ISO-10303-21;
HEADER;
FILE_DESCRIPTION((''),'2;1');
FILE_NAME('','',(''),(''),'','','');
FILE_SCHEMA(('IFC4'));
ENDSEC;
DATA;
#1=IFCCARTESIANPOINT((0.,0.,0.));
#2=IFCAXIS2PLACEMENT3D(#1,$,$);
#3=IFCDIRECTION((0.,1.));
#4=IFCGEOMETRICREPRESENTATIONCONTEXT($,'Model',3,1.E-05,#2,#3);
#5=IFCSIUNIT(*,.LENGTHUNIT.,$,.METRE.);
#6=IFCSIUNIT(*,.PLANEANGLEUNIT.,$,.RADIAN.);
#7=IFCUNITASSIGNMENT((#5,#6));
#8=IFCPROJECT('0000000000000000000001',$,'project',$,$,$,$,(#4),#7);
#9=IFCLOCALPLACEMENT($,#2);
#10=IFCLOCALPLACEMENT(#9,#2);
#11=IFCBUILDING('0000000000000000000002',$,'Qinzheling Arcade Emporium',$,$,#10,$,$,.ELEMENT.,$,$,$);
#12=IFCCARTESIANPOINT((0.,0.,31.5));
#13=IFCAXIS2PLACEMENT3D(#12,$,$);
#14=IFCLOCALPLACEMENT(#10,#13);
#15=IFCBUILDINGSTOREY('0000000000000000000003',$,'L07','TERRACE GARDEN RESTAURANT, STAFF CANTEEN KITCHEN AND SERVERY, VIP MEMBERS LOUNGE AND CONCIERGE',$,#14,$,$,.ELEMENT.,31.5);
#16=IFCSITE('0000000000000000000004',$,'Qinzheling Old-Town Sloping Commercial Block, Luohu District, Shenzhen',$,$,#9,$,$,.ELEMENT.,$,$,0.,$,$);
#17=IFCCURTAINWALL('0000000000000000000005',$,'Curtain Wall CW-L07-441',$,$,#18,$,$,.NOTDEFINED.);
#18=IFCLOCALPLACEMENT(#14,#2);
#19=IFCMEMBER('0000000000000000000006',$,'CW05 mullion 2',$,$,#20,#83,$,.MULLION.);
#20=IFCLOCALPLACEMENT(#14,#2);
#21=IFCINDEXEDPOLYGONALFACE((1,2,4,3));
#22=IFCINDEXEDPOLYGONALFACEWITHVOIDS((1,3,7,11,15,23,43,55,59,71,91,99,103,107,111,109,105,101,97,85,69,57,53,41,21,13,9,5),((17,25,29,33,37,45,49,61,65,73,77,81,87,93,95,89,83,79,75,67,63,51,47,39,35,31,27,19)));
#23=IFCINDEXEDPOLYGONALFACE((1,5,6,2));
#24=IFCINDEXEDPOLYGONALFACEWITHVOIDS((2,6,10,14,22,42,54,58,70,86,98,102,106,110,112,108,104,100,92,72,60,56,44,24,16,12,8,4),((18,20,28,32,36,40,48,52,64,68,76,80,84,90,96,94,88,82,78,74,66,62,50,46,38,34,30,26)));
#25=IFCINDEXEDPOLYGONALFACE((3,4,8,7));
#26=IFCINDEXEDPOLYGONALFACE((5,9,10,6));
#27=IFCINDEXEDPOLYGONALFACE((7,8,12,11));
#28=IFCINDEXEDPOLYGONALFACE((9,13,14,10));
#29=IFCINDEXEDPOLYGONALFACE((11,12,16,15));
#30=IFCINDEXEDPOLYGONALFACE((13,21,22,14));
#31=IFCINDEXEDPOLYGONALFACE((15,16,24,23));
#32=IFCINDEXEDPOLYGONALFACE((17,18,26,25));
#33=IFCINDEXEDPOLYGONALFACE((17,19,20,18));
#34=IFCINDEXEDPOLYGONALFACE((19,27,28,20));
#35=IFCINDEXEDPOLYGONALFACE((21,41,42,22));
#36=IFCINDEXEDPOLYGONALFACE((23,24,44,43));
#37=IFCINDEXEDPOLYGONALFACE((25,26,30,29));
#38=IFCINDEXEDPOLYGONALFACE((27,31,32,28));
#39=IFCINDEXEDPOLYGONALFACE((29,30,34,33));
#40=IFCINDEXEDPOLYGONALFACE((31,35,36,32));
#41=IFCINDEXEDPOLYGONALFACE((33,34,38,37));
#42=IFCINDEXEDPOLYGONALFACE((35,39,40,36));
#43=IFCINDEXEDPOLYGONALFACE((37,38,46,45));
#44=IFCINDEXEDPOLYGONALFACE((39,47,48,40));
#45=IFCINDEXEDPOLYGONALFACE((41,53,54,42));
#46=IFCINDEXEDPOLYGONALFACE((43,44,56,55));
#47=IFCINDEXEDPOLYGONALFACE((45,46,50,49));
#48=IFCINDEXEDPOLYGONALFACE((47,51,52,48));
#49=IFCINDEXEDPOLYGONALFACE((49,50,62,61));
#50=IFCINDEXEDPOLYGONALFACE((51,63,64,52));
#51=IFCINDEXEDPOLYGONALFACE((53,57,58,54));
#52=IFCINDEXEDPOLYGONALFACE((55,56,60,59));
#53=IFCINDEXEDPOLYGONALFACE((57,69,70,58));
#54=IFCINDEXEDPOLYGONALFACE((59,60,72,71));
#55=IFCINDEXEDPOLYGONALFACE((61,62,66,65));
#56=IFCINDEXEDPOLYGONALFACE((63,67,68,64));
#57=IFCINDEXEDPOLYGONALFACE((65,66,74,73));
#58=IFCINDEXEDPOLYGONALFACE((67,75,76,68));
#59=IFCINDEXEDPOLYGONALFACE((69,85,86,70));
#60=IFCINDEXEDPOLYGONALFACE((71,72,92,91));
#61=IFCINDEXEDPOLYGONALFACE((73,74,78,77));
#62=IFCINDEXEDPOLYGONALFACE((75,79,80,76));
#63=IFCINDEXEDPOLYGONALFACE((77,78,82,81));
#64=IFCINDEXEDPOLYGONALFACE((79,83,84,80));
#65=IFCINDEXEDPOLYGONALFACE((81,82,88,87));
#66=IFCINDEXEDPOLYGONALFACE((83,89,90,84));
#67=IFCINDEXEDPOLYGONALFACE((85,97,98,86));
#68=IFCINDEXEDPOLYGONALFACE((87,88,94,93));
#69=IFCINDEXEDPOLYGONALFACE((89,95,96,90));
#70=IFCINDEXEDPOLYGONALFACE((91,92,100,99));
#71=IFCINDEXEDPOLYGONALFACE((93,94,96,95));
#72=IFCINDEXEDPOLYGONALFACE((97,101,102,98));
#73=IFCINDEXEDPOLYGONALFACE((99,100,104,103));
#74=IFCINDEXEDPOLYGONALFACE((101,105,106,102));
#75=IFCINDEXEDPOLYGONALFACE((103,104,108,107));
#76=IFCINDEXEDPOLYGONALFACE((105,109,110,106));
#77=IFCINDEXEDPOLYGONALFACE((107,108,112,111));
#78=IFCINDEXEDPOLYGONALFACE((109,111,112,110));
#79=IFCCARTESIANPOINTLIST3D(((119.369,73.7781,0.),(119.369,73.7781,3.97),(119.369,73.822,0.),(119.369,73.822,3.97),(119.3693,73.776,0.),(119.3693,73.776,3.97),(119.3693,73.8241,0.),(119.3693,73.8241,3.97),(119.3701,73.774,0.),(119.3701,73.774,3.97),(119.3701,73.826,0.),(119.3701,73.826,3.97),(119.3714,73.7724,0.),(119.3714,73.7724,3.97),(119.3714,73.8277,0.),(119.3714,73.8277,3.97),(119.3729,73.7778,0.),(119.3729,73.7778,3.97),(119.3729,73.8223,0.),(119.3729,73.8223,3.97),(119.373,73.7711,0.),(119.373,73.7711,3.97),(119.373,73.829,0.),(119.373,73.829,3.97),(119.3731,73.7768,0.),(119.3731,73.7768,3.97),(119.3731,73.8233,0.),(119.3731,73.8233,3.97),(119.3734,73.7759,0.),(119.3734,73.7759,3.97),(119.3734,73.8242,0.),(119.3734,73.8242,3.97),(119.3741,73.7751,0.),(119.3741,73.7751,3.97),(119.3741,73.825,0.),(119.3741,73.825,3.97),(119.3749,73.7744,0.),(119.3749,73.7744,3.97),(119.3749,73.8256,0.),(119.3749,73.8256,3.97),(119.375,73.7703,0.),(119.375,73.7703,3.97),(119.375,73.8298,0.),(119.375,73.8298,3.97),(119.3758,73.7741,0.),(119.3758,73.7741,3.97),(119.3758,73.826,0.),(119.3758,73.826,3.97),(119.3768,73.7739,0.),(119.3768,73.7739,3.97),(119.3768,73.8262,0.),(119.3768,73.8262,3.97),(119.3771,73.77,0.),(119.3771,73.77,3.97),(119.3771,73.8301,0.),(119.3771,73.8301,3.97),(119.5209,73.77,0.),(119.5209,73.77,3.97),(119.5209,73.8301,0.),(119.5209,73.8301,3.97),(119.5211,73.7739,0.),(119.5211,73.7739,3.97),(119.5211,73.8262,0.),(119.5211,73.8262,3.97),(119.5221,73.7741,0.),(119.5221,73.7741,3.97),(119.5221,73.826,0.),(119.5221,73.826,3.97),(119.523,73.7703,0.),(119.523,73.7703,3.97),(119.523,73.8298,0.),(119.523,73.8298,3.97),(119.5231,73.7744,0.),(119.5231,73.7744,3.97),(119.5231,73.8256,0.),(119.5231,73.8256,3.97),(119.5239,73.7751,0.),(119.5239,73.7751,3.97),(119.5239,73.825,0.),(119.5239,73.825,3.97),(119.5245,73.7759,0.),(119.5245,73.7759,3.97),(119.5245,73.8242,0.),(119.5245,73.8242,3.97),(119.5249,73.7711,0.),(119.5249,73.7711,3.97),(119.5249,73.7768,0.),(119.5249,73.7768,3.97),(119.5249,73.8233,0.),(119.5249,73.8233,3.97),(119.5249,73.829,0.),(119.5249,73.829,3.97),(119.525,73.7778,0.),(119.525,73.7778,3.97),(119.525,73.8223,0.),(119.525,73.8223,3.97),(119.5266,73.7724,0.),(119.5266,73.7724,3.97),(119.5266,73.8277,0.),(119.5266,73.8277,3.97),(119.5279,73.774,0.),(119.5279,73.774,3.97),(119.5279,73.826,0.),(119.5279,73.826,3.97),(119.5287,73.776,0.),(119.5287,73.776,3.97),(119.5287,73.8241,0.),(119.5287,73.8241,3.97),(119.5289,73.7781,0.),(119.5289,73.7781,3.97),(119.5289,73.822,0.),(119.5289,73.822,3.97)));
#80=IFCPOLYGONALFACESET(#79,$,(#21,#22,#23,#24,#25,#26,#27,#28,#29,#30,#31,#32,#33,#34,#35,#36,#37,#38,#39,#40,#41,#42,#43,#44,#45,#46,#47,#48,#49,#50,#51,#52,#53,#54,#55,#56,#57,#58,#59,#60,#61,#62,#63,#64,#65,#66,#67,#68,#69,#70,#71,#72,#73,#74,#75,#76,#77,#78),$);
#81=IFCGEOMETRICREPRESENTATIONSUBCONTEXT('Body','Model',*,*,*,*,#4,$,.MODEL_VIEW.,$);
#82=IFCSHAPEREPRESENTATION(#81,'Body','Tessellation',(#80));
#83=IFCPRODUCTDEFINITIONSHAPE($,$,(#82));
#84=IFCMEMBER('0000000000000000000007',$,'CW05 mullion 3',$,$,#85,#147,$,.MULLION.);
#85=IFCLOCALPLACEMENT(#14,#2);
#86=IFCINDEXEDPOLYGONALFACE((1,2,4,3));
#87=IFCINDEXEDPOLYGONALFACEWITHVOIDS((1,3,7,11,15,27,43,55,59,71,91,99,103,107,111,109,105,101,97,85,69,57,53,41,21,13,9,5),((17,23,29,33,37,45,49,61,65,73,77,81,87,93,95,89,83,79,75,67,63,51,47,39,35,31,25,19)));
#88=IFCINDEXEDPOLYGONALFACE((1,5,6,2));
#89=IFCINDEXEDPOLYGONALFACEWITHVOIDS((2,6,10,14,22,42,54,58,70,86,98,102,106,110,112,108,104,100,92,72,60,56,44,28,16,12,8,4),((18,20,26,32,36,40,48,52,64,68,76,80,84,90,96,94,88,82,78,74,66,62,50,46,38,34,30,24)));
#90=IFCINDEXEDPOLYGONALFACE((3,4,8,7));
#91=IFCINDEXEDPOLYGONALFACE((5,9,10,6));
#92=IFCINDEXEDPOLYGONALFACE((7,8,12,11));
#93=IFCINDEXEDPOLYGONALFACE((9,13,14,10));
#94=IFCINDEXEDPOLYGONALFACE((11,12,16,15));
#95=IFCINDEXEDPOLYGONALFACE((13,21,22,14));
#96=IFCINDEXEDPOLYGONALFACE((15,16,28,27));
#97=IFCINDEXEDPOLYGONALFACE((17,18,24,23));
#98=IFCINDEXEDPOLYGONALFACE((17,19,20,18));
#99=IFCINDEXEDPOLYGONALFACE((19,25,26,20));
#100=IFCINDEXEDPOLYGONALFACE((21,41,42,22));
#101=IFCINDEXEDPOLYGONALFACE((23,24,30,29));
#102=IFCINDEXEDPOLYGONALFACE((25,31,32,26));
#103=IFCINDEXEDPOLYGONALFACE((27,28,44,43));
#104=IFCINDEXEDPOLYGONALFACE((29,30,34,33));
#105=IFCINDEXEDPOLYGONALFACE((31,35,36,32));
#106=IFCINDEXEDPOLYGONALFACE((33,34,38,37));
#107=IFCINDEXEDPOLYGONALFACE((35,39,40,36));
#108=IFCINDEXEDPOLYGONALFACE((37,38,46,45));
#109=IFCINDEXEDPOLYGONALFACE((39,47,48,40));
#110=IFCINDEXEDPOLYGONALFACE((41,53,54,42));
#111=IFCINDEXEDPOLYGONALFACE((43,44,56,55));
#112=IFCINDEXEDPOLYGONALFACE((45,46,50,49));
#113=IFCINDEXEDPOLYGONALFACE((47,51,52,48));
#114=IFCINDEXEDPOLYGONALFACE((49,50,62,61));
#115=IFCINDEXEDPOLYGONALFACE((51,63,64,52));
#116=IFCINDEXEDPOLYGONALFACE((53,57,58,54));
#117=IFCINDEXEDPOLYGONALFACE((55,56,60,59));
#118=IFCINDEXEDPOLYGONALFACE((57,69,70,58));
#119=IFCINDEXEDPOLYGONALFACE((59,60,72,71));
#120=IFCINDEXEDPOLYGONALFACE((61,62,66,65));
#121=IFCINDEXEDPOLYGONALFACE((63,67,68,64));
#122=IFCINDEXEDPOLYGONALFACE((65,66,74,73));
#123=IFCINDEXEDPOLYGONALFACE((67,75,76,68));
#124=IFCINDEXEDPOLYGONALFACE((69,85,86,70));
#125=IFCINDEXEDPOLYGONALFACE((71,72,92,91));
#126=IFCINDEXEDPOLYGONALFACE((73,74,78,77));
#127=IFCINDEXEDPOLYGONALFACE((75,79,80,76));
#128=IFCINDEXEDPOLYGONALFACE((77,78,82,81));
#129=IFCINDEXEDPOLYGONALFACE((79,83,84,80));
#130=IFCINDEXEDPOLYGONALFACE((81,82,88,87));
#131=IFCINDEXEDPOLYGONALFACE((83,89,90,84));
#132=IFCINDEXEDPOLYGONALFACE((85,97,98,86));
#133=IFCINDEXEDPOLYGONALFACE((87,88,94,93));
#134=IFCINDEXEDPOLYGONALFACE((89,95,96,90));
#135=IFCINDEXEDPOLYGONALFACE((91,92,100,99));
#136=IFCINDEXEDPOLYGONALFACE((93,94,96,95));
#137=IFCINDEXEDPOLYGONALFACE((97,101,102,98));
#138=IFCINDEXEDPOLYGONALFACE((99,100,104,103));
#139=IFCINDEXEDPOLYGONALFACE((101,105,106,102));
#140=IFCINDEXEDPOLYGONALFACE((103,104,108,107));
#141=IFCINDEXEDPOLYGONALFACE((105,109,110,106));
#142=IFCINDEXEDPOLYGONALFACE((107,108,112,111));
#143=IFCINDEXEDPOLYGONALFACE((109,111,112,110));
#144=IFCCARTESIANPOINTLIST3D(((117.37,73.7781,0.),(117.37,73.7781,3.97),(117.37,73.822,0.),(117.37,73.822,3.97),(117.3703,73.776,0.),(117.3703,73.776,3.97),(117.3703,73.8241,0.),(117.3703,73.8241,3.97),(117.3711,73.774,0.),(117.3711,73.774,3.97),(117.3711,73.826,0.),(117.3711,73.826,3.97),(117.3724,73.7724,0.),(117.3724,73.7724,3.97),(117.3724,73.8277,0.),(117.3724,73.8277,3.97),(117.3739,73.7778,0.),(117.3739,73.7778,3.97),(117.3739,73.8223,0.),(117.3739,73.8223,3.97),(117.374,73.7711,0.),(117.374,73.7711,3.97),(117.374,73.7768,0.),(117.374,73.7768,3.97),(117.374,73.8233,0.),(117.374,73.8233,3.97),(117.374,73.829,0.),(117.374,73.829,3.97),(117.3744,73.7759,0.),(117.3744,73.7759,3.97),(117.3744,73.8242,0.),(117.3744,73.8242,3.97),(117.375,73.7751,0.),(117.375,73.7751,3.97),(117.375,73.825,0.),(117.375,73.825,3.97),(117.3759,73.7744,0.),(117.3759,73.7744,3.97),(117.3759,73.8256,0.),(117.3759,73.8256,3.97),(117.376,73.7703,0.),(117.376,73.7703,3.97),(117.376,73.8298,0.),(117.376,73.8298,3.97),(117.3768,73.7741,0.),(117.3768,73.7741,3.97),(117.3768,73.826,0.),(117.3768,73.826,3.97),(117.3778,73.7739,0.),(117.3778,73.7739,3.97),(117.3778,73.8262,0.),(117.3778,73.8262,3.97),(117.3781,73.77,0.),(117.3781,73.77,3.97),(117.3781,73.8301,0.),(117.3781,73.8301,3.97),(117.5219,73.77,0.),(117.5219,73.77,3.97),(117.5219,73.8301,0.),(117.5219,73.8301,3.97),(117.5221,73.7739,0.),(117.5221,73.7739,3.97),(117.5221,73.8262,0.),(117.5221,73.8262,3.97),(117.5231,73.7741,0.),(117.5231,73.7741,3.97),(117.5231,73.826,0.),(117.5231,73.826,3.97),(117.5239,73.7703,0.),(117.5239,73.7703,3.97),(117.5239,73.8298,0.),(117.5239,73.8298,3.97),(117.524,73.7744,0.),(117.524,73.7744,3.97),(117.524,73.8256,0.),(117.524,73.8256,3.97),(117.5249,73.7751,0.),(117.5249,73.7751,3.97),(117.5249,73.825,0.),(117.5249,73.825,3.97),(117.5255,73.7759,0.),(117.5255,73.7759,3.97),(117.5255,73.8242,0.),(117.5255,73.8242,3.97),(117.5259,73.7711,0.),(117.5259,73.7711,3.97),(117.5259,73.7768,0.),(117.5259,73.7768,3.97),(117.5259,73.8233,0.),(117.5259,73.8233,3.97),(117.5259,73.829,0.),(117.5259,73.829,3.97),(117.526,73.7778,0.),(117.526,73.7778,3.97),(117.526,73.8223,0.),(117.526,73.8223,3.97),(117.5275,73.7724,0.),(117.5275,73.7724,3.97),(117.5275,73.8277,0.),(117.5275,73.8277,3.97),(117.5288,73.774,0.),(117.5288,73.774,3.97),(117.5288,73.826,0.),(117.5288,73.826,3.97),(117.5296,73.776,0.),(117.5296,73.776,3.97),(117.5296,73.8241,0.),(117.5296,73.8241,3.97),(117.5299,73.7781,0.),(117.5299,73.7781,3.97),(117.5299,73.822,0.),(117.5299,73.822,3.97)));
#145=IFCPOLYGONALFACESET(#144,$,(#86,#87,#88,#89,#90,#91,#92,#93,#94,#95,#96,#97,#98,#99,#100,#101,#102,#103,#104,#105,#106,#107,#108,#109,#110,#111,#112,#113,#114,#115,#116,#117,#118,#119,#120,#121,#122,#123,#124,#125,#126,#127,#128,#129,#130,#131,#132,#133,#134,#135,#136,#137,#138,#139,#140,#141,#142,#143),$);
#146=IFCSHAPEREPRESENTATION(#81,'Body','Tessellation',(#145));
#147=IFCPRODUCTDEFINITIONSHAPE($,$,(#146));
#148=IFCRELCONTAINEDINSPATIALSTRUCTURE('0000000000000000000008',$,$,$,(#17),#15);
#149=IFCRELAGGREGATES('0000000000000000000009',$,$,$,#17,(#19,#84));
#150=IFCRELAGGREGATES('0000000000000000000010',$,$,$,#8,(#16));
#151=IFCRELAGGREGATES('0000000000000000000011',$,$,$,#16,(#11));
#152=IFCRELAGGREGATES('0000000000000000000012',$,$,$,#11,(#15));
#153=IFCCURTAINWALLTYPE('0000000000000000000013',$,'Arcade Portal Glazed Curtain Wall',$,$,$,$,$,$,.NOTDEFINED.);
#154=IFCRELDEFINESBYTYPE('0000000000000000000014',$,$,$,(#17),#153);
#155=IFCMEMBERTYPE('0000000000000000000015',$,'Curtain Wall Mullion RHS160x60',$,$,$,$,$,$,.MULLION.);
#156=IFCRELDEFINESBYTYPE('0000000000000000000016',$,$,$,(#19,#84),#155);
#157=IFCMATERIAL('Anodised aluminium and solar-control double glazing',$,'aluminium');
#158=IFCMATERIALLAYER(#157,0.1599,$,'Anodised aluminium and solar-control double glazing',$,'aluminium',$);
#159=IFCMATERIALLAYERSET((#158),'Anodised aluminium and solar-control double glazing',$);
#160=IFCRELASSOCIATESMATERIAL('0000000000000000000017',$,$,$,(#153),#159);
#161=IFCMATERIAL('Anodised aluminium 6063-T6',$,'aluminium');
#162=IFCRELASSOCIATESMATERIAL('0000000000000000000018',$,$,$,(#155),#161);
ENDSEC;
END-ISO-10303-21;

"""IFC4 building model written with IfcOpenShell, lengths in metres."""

from ifc_helpers import new_model, si_unit, direction, frame, origin, origin_2d, place, context, subcontext, project, spatial, hollow_rectangle, extrude, material, layer, layer_set, material_profile, profile_set, type_object, element, aggregate, save


model = new_model("IFC4")

# Units and contexts
model_context = context("Model", 3, precision=1e-05, world=origin(), true_north=direction((0.0, 1.0)))
body_context = subcontext(model_context, "Body", "Model", "MODEL_VIEW")
ifc_project = project(units=[si_unit("LENGTHUNIT", "METRE"), si_unit("PLANEANGLEUNIT", "RADIAN")], contexts=[model_context])

# Site, building, storey
site_placement = place(None, origin())
site = spatial("IfcSite", under=ifc_project, at=site_placement, Name="Qinzheling Old-Town Sloping Commercial Block, Luohu District, Shenzhen", CompositionType="ELEMENT", RefElevation=0.0)
building_placement = place(site_placement, origin())
building = spatial("IfcBuilding", under=site, at=building_placement, Name="Qinzheling Arcade Emporium", CompositionType="ELEMENT")
storey_placement = place(building_placement, frame((0.0, 0.0, 31.5)))
storey = spatial("IfcBuildingStorey", under=building, at=storey_placement, Name="L07", Description="TERRACE GARDEN RESTAURANT, STAFF CANTEEN KITCHEN AND SERVERY, VIP MEMBERS LOUNGE AND CONCIERGE", CompositionType="ELEMENT", Elevation=31.5)

# Curtain wall, members
ifc_material_1 = material(Name="Anodised aluminium and solar-control double glazing", Category="aluminium")
ifc_layer_1 = layer(ifc_material_1, 0.1599, Name="Anodised aluminium and solar-control double glazing", Category="aluminium")
ifc_layer_set_1 = layer_set([ifc_layer_1], Name="Anodised aluminium and solar-control double glazing")
curtain_wall_type = type_object("IfcCurtainWallType", Name="Arcade Portal Glazed Curtain Wall", PredefinedType="NOTDEFINED", material=ifc_layer_set_1)
curtain_wall_placement = place(storey_placement, origin())
curtain_wall = element("IfcCurtainWall", 1, at=curtain_wall_placement, inside=storey, type_object=curtain_wall_type, Name="Curtain Wall CW-L07-441", PredefinedType="NOTDEFINED")
ifc_material_2 = material(Name="Anodised aluminium 6063-T6", Category="aluminium")
ifc_material_profile_1 = material_profile(ifc_material_2, hollow_rectangle(XDim=0.0601, YDim=0.1599, WallThickness=0.0039, InnerFilletRadius=0.0039, OuterFilletRadius=0.0081, at=origin_2d()), Name="RHS 160x60x4", Category="aluminium")
ifc_profile_set_1 = profile_set([ifc_material_profile_1], Name="Anodised aluminium 6063-T6")
member_type_1 = type_object("IfcMemberType", Name="Curtain Wall Mullion RHS160x60", PredefinedType="MULLION", material=ifc_profile_set_1)
member_1_placement = place(storey_placement, frame((119.449, 73.8, 0.0), z_axis=(0.0, 0.0, 1.0), x_axis=(0.0, -1.0, 0.0)))
member_1 = element("IfcMember", 2, at=member_1_placement, type_object=member_type_1, Name="CW05 mullion 2", PredefinedType="MULLION", context=body_context, shape_type="SweptSolid", body=[
    extrude(hollow_rectangle(XDim=0.0601, YDim=0.1599, WallThickness=0.0039, InnerFilletRadius=0.0039, OuterFilletRadius=0.0081, at=origin_2d()), origin(), (0.0, 0.0, 1.0), 3.97),
])
member_2_placement = place(storey_placement, frame((117.45, 73.8, 0.0), z_axis=(0.0, 0.0, 1.0), x_axis=(0.0, -1.0, 0.0)))
member_2 = element("IfcMember", 3, at=member_2_placement, type_object=member_type_1, Name="CW05 mullion 3", PredefinedType="MULLION", context=body_context, shape_type="SweptSolid", body=[
    extrude(hollow_rectangle(XDim=0.0601, YDim=0.1599, WallThickness=0.0039, InnerFilletRadius=0.0039, OuterFilletRadius=0.0081, at=origin_2d()), origin(), (0.0, 0.0, 1.0), 3.97),
])
aggregate(curtain_wall, [member_1, member_2])

save(model, "model.ifc")
